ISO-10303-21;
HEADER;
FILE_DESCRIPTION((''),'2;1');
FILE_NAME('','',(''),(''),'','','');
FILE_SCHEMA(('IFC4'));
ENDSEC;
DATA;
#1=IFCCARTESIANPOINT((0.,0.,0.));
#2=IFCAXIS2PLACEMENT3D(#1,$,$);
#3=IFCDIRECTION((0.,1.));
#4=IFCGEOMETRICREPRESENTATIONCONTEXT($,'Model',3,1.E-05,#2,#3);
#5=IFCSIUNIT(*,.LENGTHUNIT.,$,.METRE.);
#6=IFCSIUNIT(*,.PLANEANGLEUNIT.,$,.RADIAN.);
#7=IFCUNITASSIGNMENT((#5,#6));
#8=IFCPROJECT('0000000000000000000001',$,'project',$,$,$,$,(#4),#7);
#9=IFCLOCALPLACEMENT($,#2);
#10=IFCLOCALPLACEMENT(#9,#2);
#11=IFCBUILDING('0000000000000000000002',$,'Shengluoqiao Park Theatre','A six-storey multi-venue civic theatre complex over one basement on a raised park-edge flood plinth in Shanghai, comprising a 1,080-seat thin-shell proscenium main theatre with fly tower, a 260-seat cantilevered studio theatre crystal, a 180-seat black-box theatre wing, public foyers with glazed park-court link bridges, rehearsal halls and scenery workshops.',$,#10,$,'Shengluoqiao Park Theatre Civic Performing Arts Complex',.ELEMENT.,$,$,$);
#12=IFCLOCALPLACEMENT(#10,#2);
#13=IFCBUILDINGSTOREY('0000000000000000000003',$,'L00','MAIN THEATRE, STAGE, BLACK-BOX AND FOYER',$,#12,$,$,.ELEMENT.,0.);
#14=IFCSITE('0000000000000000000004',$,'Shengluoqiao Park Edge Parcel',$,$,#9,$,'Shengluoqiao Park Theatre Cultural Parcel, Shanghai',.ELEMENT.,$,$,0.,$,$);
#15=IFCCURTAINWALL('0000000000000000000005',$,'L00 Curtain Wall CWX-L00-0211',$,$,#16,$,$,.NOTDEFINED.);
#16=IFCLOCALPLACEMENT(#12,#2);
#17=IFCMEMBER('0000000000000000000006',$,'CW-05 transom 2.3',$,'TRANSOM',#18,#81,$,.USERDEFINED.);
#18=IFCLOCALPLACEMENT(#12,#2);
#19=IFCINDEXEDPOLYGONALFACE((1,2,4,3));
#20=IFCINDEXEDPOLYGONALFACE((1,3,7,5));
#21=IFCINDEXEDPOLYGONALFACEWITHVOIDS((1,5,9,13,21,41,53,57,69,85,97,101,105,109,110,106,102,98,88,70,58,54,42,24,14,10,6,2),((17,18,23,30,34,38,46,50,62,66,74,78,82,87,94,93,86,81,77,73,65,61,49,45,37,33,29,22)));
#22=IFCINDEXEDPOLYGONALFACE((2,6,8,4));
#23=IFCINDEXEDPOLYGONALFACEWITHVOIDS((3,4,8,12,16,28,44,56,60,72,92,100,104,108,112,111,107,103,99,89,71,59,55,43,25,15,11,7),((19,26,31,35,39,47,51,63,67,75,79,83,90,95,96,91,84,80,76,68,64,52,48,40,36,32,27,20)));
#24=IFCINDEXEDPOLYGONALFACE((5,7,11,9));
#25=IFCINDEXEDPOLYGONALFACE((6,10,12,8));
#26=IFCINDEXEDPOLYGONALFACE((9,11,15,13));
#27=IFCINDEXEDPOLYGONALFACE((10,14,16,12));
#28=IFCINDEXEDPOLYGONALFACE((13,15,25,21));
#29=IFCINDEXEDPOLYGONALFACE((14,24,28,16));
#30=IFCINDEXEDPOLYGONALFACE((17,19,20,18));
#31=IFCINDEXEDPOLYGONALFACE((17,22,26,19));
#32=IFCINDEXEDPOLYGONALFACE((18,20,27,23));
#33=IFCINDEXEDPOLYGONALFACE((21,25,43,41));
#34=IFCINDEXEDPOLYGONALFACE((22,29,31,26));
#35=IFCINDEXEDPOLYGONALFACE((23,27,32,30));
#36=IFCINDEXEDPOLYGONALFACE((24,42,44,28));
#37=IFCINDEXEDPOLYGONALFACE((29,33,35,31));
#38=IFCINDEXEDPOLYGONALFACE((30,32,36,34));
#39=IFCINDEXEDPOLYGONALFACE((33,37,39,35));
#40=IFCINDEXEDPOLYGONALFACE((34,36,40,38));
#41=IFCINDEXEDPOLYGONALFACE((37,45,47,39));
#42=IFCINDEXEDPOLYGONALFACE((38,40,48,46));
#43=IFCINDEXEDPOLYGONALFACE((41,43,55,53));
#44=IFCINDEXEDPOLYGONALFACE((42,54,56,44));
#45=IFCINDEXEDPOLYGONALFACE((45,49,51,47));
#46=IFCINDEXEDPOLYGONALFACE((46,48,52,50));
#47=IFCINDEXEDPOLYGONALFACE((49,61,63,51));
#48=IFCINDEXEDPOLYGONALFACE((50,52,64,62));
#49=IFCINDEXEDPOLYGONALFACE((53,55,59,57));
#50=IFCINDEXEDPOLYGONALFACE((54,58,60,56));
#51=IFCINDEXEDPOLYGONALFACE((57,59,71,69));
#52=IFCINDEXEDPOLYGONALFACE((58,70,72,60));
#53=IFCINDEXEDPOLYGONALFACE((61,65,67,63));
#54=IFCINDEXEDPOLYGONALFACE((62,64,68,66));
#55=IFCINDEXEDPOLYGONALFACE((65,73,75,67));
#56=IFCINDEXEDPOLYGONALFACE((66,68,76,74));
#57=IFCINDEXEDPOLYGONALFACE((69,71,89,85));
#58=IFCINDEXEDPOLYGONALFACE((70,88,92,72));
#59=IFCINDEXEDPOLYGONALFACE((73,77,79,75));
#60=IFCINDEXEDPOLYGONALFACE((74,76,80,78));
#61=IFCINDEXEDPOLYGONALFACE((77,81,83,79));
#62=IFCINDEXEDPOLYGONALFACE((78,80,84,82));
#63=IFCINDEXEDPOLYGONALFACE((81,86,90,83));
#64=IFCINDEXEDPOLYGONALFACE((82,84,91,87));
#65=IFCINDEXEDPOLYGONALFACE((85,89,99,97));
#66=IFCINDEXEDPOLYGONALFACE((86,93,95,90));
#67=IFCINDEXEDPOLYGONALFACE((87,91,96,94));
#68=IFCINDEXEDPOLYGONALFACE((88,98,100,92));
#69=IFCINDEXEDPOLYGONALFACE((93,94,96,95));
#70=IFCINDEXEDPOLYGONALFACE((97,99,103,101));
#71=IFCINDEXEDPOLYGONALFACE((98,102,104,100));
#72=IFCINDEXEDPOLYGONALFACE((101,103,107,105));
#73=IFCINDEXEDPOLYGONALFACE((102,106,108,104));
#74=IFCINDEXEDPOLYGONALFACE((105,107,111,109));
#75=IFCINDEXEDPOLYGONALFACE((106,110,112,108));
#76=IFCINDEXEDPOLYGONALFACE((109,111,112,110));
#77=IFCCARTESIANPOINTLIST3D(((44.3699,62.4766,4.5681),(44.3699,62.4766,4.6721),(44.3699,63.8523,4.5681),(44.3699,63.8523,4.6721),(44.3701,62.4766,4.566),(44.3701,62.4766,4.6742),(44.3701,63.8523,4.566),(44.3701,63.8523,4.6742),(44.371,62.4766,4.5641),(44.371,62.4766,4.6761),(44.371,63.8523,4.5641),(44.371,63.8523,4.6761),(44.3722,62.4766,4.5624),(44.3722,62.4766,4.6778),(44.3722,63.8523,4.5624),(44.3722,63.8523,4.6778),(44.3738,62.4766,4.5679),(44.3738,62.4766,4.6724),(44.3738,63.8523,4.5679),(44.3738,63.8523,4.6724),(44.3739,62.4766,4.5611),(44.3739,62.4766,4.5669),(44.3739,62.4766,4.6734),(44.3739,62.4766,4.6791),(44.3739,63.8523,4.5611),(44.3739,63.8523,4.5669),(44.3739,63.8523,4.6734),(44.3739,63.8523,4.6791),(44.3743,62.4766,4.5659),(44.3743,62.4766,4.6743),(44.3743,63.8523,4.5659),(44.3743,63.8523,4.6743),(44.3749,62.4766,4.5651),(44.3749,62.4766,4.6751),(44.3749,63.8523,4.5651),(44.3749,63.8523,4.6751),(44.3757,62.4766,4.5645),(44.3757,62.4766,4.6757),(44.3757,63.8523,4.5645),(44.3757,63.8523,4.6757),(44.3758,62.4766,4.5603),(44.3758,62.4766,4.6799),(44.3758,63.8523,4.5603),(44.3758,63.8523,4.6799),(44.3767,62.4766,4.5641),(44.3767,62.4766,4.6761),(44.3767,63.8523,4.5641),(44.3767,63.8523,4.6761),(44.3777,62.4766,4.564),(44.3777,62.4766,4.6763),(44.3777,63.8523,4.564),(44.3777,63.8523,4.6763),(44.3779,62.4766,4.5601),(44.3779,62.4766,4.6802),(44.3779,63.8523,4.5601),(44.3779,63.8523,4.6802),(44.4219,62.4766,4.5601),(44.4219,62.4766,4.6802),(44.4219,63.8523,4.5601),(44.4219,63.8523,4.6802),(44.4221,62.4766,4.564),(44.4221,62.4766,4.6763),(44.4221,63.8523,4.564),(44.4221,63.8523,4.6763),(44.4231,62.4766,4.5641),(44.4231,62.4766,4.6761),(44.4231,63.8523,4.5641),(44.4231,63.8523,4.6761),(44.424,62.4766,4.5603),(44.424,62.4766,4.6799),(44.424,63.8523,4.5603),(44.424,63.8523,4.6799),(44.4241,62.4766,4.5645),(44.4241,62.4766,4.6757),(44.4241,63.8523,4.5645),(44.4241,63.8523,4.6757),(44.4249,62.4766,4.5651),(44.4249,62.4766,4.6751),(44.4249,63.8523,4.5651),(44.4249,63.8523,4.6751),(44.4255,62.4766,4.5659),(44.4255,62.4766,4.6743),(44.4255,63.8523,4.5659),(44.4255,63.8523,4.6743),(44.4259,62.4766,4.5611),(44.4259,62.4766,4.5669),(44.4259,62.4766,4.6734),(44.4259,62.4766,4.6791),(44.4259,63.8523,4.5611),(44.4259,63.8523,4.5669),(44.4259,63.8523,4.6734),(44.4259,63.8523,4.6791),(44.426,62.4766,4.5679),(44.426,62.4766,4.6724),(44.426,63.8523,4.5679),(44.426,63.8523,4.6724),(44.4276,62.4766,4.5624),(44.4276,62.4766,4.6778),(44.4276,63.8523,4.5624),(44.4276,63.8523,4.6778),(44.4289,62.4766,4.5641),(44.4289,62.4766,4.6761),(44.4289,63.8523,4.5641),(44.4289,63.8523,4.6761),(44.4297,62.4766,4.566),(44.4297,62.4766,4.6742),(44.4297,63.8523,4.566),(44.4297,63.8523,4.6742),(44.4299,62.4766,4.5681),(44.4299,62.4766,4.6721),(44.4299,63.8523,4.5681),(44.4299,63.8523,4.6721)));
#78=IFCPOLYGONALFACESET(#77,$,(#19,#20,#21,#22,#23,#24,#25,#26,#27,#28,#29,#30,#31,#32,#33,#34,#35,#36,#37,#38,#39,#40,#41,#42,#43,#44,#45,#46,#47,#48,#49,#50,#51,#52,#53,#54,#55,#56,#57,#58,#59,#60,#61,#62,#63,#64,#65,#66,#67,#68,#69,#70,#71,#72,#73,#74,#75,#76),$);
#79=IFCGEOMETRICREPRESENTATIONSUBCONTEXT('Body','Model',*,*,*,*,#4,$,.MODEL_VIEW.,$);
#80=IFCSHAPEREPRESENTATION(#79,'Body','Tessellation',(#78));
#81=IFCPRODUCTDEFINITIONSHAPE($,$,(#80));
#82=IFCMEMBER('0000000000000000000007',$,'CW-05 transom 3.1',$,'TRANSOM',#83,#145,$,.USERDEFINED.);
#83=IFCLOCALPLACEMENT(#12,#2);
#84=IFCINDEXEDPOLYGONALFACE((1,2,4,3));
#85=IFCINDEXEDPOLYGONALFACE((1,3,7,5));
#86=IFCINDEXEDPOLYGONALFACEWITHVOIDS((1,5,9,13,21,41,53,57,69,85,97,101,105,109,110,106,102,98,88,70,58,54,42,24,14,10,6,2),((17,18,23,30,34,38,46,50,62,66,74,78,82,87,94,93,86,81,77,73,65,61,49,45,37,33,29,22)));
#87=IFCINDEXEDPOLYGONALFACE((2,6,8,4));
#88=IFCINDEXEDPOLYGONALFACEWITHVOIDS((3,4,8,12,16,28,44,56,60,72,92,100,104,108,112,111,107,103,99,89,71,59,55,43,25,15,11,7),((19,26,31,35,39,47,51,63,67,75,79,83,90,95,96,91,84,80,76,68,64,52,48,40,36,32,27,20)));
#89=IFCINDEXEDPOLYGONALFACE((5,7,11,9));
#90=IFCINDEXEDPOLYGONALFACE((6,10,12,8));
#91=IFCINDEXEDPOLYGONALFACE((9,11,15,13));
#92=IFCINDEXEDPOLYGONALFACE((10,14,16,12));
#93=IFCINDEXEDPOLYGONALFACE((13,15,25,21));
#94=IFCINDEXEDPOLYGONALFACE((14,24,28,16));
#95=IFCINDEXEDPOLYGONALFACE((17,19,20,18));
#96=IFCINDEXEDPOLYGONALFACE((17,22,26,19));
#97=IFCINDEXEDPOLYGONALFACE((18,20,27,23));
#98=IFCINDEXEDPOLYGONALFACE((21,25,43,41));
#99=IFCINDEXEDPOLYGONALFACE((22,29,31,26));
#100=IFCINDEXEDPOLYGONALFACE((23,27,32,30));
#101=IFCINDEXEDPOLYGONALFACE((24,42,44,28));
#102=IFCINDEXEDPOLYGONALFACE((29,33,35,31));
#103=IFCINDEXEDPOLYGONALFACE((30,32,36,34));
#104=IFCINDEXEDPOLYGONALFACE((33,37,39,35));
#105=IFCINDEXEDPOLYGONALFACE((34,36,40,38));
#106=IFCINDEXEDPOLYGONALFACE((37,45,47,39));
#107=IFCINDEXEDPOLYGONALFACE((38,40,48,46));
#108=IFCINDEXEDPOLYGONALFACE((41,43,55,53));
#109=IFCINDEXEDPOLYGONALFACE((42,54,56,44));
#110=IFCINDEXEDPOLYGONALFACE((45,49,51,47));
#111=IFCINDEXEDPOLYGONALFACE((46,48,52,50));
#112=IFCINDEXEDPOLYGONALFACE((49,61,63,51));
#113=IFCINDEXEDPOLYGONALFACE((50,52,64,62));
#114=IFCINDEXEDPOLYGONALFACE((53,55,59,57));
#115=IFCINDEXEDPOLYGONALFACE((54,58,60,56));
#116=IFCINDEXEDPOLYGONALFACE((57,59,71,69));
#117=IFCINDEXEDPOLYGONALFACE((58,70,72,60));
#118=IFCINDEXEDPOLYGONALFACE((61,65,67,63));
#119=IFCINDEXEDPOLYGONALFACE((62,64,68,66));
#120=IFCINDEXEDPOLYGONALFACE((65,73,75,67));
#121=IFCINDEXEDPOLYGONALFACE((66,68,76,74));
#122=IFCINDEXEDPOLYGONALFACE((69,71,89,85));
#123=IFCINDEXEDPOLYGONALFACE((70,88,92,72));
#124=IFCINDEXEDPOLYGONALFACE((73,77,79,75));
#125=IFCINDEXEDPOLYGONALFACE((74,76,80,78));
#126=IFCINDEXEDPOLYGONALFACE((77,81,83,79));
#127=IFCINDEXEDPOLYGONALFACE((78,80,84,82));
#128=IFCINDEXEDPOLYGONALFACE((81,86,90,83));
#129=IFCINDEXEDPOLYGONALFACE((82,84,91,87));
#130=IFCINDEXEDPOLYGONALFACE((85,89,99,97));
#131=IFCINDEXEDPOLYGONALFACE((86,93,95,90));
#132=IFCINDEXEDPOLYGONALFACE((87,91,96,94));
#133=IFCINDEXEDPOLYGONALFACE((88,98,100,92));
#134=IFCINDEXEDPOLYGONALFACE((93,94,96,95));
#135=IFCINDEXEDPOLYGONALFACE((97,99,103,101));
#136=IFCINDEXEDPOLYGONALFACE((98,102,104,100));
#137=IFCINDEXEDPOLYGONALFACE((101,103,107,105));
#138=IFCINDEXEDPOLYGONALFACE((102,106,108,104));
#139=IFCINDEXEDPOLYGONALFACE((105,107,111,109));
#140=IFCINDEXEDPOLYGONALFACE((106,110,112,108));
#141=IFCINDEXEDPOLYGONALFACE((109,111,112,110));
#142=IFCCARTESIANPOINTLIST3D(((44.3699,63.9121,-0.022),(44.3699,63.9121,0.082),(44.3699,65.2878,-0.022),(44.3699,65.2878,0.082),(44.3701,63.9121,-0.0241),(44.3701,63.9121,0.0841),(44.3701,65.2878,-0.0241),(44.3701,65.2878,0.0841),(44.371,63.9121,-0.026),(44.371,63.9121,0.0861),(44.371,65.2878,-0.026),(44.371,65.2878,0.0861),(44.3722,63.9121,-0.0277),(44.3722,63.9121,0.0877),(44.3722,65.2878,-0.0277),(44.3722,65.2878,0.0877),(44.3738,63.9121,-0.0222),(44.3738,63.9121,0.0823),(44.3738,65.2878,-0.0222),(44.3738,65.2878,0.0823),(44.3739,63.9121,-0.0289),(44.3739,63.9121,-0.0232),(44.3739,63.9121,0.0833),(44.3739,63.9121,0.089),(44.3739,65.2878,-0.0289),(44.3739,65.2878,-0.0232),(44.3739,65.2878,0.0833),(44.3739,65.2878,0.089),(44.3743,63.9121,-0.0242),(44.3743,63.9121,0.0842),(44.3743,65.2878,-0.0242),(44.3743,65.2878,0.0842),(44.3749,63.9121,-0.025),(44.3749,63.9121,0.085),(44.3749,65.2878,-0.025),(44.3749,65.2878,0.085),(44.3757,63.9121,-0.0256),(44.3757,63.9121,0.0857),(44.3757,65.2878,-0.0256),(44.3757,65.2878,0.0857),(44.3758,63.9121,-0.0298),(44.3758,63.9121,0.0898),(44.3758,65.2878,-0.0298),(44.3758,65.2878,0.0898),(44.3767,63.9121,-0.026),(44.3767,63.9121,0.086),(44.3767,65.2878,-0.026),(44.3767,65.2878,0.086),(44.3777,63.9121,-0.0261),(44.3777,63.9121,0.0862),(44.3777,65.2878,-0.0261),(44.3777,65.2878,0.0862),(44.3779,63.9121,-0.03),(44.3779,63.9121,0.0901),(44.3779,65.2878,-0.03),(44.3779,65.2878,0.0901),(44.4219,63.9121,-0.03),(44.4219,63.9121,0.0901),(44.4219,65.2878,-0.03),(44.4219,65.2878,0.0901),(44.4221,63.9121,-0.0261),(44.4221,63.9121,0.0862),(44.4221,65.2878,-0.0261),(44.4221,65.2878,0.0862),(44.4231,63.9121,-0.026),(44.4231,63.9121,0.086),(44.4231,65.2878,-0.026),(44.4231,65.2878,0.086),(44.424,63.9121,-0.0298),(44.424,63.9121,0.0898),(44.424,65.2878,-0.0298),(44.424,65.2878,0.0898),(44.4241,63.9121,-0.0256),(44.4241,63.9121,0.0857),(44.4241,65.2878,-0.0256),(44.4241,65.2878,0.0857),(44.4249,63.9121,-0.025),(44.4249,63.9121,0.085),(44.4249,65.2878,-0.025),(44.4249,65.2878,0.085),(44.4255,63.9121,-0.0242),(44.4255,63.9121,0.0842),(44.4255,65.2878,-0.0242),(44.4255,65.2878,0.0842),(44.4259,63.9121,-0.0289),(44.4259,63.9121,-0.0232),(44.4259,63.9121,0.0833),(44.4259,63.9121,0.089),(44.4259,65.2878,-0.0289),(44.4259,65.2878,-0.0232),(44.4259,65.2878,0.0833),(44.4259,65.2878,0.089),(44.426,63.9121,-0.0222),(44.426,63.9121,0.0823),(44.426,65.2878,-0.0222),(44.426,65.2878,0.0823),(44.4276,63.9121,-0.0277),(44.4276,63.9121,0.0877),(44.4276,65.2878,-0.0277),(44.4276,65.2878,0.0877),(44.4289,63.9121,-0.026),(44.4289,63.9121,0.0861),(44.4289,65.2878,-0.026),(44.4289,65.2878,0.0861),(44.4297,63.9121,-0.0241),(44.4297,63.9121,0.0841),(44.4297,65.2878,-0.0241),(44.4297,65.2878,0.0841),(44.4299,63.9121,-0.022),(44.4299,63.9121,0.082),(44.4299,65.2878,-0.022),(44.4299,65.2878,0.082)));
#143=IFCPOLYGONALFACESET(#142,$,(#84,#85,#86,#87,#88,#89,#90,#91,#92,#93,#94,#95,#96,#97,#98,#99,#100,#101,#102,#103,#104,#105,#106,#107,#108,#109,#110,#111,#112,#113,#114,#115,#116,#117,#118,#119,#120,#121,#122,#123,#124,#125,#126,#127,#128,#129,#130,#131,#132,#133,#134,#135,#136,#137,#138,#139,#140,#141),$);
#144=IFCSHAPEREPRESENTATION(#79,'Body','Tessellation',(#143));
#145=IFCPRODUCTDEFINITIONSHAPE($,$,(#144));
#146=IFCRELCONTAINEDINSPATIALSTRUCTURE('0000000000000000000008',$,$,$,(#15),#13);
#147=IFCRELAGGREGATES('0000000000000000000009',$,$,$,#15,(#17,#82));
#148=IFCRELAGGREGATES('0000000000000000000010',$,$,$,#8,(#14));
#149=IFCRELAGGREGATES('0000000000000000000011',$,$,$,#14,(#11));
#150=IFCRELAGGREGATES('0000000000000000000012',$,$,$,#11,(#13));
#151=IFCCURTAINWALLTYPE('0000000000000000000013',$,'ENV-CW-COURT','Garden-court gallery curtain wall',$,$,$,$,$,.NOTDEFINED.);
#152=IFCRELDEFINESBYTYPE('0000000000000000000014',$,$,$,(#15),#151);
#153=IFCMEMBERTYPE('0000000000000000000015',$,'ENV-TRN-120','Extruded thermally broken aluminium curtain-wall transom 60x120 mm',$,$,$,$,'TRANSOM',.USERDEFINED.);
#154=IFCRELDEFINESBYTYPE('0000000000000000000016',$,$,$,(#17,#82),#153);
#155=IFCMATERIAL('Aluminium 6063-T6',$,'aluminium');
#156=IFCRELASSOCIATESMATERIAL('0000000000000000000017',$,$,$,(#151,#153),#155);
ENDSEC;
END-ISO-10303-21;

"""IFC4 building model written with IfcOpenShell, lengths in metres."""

from ifc_helpers import new_model, si_unit, direction, frame, origin, origin_2d, place, context, subcontext, project, spatial, hollow_rectangle, extrude, material, material_profile, profile_set, type_object, element, aggregate, save


model = new_model("IFC4")

# Units and contexts
model_context = context("Model", 3, precision=1e-05, world=origin(), true_north=direction((0.0, 1.0)))
body_context = subcontext(model_context, "Body", "Model", "MODEL_VIEW")
ifc_project = project(units=[si_unit("LENGTHUNIT", "METRE"), si_unit("PLANEANGLEUNIT", "RADIAN")], contexts=[model_context])

# Site, building, storey
site_placement = place(None, origin())
site = spatial("IfcSite", under=ifc_project, at=site_placement, Name="Shengluoqiao Park Edge Parcel", LongName="Shengluoqiao Park Theatre Cultural Parcel, Shanghai", CompositionType="ELEMENT", RefElevation=0.0)
building_placement = place(site_placement, origin())
building = spatial("IfcBuilding", under=site, at=building_placement, Name="Shengluoqiao Park Theatre", Description="A six-storey multi-venue civic theatre complex over one basement on a raised park-edge flood plinth in Shanghai, comprising a 1,080-seat thin-shell proscenium main theatre with fly tower, a 260-seat cantilevered studio theatre crystal, a 180-seat black-box theatre wing, public foyers with glazed park-court link bridges, rehearsal halls and scenery workshops.", LongName="Shengluoqiao Park Theatre Civic Performing Arts Complex", CompositionType="ELEMENT")
storey_placement = place(building_placement, origin())
storey = spatial("IfcBuildingStorey", under=building, at=storey_placement, Name="L00", Description="MAIN THEATRE, STAGE, BLACK-BOX AND FOYER", CompositionType="ELEMENT", Elevation=0.0)

# Curtain wall, members
ifc_material_1 = material(Name="Aluminium 6063-T6", Category="aluminium")
curtain_wall_type = type_object("IfcCurtainWallType", Name="ENV-CW-COURT", Description="Garden-court gallery curtain wall", PredefinedType="NOTDEFINED", material=ifc_material_1)
curtain_wall_placement = place(storey_placement, origin())
curtain_wall = element("IfcCurtainWall", 1, at=curtain_wall_placement, inside=storey, type_object=curtain_wall_type, Name="L00 Curtain Wall CWX-L00-0211", PredefinedType="NOTDEFINED")
ifc_material_profile_1 = material_profile(ifc_material_1, hollow_rectangle(XDim=0.0601, YDim=0.1201, WallThickness=0.0039, InnerFilletRadius=0.0039, OuterFilletRadius=0.0081, at=origin_2d()), Name="ALU TRANSOM 120x60x4")
ifc_profile_set_1 = profile_set([ifc_material_profile_1], Name="Aluminium 6063-T6")
member_type_1 = type_object("IfcMemberType", Name="ENV-TRN-120", Description="Extruded thermally broken aluminium curtain-wall transom 60x120 mm", ElementType="TRANSOM", PredefinedType="USERDEFINED", material=ifc_profile_set_1)
member_1_placement = place(storey_placement, frame((44.3999, 62.4766, 4.6201), z_axis=(0.0, 1.0, 0.0), x_axis=(-1.0, 0.0, 0.0)))
member_1 = element("IfcMember", 2, at=member_1_placement, type_object=member_type_1, Name="CW-05 transom 2.3", ObjectType="TRANSOM", PredefinedType="USERDEFINED", context=body_context, shape_type="SweptSolid", body=[
    extrude(hollow_rectangle(XDim=0.0601, YDim=0.1201, WallThickness=0.0039, InnerFilletRadius=0.0039, OuterFilletRadius=0.0081, at=origin_2d()), origin(), (0.0, 0.0, 1.0), 1.3757),
])
member_2_placement = place(storey_placement, frame((44.3999, 63.9121, 0.03), z_axis=(0.0, 1.0, 0.0), x_axis=(-1.0, 0.0, 0.0)))
member_2 = element("IfcMember", 3, at=member_2_placement, type_object=member_type_1, Name="CW-05 transom 3.1", ObjectType="TRANSOM", PredefinedType="USERDEFINED", context=body_context, shape_type="SweptSolid", body=[
    extrude(hollow_rectangle(XDim=0.0601, YDim=0.1201, WallThickness=0.0039, InnerFilletRadius=0.0039, OuterFilletRadius=0.0081, at=origin_2d()), origin(), (0.0, 0.0, 1.0), 1.3757),
])
aggregate(curtain_wall, [member_1, member_2])

save(model, "model.ifc")
